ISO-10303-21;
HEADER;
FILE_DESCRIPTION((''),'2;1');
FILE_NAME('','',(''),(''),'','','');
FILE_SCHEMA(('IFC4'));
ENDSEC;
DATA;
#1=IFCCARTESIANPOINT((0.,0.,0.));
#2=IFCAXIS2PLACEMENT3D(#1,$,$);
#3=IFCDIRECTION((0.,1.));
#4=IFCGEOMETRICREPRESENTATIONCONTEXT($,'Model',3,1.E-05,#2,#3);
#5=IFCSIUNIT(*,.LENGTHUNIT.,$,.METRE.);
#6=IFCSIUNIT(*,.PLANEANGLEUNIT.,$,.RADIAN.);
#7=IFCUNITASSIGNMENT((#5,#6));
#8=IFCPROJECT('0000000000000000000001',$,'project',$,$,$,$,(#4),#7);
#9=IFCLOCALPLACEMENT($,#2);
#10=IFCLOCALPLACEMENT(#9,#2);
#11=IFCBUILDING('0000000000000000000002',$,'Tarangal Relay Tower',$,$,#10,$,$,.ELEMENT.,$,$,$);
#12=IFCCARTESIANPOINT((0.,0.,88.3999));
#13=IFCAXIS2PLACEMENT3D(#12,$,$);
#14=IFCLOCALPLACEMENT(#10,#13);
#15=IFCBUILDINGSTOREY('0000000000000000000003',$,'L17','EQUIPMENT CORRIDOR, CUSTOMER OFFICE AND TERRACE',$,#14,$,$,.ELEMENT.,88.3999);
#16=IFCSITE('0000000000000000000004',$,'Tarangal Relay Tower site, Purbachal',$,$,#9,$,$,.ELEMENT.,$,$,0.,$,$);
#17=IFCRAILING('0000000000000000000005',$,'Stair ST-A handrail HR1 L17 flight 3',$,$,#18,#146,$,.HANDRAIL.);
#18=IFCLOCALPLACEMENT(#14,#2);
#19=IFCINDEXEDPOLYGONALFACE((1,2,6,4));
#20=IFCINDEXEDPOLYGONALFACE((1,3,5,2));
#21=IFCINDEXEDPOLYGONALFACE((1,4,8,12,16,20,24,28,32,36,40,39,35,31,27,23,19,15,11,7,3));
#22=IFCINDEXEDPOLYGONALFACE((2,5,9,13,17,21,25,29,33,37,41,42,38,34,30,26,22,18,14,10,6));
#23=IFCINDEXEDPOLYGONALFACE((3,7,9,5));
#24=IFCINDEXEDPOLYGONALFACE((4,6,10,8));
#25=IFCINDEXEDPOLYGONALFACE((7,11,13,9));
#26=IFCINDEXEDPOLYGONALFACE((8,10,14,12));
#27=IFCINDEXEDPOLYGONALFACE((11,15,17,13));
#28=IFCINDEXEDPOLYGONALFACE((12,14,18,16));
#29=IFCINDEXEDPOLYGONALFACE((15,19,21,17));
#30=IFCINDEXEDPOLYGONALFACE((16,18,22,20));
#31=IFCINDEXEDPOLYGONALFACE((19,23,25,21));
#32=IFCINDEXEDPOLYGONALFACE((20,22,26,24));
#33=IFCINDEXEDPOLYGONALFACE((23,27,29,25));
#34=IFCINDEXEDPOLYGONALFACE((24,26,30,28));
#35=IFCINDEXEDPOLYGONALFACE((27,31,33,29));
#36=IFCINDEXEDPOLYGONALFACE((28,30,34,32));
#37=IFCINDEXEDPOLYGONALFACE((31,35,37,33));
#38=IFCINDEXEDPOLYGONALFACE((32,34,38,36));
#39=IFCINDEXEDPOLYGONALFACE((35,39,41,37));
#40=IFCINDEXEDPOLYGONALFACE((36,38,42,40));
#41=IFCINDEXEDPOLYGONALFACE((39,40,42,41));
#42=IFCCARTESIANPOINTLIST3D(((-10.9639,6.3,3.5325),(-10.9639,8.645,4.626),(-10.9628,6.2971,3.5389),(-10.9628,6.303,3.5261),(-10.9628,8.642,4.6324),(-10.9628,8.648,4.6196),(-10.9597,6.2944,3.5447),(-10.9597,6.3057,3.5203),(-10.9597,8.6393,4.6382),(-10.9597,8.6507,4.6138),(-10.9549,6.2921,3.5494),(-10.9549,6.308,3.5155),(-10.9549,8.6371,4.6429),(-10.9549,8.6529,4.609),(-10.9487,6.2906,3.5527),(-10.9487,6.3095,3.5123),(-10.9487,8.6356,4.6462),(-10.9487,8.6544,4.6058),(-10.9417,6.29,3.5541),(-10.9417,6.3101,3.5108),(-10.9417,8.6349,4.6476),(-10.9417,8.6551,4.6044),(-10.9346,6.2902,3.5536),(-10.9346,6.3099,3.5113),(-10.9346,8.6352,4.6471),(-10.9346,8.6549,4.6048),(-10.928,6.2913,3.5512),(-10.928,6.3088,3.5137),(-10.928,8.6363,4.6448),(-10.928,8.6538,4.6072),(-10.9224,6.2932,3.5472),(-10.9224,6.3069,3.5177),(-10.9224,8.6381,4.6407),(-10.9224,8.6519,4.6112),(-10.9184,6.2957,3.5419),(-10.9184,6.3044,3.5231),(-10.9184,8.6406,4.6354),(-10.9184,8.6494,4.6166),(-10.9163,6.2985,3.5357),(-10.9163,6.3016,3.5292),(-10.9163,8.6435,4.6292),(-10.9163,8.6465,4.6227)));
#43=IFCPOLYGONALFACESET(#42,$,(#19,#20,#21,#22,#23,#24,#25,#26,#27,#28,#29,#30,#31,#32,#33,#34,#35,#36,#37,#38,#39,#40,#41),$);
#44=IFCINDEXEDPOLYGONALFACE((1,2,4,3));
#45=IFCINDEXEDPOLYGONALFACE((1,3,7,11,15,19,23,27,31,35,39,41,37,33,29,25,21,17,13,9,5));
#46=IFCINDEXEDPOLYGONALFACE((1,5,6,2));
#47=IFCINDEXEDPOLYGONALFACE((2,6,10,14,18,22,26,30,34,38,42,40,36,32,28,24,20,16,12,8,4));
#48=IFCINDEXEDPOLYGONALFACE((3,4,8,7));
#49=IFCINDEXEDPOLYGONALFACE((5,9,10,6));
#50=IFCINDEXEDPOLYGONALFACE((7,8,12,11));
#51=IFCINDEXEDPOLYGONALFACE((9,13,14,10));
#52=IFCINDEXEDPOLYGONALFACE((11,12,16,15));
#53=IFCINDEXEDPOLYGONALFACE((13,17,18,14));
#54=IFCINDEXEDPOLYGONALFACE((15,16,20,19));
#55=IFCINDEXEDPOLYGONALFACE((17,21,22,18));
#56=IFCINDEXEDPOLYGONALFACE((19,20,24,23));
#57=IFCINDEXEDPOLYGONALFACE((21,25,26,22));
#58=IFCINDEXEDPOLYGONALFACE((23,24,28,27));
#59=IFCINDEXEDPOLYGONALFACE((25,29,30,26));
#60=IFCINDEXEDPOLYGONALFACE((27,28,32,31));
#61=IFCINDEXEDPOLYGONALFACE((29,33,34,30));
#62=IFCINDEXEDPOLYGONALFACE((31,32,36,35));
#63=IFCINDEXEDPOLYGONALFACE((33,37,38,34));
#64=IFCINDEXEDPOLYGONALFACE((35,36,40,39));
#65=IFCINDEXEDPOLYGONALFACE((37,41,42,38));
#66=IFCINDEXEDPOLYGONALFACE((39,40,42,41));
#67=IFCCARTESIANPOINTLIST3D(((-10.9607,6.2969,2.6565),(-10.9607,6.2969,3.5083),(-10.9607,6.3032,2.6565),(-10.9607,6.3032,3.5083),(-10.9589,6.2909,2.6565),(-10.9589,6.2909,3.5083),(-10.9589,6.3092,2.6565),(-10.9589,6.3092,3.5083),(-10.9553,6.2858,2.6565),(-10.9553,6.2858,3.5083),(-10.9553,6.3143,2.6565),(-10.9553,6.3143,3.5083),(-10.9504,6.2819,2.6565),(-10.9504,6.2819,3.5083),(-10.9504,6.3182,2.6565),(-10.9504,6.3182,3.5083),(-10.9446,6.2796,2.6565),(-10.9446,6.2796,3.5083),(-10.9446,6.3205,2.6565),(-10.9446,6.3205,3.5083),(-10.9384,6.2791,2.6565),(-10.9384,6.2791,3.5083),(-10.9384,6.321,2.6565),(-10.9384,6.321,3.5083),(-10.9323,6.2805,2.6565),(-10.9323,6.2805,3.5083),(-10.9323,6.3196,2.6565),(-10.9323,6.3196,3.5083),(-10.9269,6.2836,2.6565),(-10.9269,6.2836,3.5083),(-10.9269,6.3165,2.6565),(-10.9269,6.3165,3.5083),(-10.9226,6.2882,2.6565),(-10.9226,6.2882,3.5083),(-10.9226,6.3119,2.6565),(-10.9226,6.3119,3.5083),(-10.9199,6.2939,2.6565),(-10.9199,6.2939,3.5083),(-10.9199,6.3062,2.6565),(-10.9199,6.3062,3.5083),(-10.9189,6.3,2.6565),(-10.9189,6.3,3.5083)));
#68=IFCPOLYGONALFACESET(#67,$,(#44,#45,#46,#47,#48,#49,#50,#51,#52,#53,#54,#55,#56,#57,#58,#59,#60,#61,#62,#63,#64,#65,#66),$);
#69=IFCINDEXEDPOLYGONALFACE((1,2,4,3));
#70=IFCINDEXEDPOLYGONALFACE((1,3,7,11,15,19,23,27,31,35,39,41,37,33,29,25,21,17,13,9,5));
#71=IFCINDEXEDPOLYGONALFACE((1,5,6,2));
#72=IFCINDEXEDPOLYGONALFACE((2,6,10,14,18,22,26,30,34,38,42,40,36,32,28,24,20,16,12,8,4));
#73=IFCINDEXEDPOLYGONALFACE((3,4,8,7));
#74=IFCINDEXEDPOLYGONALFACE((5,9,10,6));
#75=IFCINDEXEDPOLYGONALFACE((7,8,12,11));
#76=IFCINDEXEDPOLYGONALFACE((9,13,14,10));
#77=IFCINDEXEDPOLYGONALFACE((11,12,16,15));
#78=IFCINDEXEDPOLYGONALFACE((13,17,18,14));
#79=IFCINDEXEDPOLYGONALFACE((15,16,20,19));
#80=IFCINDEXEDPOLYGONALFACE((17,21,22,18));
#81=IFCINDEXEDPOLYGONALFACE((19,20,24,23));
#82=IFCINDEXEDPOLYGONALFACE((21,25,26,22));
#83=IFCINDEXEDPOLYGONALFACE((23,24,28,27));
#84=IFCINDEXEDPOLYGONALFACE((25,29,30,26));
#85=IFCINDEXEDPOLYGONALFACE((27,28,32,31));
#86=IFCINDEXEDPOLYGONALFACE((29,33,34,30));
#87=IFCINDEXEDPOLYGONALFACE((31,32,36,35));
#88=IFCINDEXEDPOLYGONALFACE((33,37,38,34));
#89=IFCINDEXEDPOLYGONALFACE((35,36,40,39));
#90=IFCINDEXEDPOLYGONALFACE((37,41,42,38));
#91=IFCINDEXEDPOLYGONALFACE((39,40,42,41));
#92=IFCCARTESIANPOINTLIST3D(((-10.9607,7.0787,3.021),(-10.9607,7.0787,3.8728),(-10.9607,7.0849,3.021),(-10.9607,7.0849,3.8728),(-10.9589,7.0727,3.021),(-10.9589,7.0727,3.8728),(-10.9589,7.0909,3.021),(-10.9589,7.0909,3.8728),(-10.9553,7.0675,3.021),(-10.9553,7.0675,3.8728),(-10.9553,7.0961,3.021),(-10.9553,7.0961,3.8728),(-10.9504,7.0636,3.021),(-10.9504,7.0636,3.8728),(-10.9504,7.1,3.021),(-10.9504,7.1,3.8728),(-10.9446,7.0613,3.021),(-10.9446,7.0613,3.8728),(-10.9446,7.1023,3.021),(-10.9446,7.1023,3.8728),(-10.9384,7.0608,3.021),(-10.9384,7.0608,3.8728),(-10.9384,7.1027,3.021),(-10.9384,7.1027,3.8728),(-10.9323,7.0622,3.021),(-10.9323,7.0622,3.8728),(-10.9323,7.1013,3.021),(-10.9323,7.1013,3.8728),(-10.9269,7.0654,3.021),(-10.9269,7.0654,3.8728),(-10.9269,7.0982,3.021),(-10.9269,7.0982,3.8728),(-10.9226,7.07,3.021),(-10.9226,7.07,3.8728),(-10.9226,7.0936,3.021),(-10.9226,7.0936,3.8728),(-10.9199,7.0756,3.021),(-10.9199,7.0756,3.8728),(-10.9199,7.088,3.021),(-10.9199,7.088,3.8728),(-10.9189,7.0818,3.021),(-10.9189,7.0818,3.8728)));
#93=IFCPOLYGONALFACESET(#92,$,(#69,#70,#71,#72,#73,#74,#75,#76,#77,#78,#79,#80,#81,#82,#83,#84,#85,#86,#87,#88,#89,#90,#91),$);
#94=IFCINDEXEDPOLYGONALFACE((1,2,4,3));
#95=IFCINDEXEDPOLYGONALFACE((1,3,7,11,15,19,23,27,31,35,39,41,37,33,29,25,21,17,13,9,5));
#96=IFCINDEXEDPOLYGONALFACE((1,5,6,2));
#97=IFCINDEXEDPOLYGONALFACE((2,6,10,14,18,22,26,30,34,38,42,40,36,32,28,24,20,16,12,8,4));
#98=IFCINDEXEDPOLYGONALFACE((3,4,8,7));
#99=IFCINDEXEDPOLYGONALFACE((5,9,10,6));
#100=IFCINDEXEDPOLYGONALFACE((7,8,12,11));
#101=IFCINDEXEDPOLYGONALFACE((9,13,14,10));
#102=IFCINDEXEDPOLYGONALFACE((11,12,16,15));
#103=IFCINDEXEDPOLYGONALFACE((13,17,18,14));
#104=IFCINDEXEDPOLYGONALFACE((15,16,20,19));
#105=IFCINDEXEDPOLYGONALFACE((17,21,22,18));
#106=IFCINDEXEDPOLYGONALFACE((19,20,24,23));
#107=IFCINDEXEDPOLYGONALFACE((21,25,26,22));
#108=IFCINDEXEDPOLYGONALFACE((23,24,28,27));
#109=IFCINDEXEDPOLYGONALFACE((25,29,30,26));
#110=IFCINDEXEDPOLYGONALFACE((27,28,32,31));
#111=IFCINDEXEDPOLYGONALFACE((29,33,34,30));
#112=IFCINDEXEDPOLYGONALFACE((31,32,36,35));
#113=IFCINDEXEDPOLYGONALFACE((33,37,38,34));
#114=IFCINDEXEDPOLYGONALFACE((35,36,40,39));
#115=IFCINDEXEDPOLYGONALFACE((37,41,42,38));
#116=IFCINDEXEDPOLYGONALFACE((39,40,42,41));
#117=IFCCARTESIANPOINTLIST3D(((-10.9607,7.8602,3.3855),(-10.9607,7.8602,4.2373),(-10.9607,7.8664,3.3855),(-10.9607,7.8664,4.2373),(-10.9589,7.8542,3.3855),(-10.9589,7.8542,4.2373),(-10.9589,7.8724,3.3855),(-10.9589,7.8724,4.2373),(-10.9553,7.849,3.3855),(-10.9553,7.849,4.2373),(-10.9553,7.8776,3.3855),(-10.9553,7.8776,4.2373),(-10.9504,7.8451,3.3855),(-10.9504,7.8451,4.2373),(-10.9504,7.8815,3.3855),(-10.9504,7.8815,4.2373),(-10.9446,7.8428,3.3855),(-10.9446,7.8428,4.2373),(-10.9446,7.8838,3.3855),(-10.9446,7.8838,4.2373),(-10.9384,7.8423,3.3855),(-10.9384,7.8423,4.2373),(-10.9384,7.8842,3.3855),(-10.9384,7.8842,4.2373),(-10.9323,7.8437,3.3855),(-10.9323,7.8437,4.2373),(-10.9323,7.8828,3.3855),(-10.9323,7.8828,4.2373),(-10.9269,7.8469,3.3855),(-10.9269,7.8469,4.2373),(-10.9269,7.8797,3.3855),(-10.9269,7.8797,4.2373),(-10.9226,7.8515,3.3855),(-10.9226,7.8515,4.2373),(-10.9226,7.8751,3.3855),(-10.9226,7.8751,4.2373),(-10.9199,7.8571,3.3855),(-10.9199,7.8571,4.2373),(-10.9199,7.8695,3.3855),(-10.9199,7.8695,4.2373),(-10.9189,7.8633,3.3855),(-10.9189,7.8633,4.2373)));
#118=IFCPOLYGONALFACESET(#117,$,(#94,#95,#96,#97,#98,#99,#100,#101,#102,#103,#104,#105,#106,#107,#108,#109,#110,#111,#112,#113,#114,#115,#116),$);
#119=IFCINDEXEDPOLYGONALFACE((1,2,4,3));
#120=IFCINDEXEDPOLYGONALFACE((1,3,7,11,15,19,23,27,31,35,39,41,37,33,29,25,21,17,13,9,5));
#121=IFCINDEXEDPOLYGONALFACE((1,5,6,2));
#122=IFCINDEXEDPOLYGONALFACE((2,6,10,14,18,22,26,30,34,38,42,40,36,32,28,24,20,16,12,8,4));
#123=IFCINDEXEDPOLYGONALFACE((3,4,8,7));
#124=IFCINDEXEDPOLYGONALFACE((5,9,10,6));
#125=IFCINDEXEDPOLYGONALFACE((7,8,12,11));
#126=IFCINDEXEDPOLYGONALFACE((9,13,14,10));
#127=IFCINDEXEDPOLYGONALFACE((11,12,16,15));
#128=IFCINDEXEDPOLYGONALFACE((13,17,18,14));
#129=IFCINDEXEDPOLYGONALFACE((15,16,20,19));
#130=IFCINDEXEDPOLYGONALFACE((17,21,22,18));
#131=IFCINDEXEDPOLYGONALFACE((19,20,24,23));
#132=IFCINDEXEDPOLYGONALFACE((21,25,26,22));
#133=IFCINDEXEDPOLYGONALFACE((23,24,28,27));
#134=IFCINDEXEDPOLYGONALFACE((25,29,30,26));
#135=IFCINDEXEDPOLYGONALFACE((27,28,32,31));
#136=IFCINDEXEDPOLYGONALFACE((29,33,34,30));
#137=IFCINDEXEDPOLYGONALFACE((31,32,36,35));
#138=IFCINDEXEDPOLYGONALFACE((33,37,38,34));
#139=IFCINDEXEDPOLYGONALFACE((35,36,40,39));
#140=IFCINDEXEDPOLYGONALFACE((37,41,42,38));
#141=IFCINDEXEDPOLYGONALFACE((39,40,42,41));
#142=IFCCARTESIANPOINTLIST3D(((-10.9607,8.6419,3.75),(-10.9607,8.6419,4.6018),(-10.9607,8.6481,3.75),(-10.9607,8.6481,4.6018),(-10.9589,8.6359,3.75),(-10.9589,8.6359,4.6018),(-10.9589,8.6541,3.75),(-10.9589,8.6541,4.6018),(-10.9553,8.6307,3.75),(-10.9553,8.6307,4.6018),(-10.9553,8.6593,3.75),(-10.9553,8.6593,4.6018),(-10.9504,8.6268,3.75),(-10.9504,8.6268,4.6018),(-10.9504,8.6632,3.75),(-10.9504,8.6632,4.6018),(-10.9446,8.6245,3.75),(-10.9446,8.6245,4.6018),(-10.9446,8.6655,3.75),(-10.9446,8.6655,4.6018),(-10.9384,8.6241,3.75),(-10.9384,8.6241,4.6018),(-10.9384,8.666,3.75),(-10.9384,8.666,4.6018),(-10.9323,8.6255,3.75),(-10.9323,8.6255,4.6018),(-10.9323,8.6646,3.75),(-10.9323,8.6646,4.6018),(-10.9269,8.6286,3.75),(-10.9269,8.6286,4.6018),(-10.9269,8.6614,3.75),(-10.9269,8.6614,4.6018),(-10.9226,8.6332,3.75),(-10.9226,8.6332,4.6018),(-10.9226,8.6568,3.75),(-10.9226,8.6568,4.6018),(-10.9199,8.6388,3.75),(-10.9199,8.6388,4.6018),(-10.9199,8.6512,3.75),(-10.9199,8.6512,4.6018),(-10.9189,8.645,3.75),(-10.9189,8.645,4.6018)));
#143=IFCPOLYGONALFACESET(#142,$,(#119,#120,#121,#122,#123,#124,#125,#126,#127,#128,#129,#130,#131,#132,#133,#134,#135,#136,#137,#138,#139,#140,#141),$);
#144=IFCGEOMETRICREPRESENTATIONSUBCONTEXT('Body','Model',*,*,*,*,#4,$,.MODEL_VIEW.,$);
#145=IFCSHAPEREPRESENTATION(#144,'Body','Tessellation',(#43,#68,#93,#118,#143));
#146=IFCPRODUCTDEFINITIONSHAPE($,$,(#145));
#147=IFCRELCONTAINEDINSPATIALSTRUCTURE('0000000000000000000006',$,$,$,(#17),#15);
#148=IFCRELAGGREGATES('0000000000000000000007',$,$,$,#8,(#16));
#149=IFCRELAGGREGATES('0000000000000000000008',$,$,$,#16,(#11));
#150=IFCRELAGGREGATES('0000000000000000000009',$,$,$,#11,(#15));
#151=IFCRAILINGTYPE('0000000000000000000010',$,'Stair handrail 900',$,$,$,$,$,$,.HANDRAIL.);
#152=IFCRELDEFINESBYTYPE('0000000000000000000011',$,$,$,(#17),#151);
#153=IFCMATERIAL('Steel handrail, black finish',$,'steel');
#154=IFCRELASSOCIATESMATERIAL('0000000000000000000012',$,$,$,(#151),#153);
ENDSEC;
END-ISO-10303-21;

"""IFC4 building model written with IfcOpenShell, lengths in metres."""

from ifc_helpers import new_model, si_unit, direction, frame, origin, origin_2d, place, context, subcontext, project, spatial, circle, extrude, material, type_object, element, save


model = new_model("IFC4")

# Units and contexts
model_context = context("Model", 3, precision=1e-05, world=origin(), true_north=direction((0.0, 1.0)))
body_context = subcontext(model_context, "Body", "Model", "MODEL_VIEW")
ifc_project = project(units=[si_unit("LENGTHUNIT", "METRE"), si_unit("PLANEANGLEUNIT", "RADIAN")], contexts=[model_context])

# Site, building, storey
site_placement = place(None, origin())
site = spatial("IfcSite", under=ifc_project, at=site_placement, Name="Tarangal Relay Tower site, Purbachal", CompositionType="ELEMENT", RefElevation=0.0)
building_placement = place(site_placement, origin())
building = spatial("IfcBuilding", under=site, at=building_placement, Name="Tarangal Relay Tower", CompositionType="ELEMENT")
storey_placement = place(building_placement, frame((0.0, 0.0, 88.3999)))
storey = spatial("IfcBuildingStorey", under=building, at=storey_placement, Name="L17", Description="EQUIPMENT CORRIDOR, CUSTOMER OFFICE AND TERRACE", CompositionType="ELEMENT", Elevation=88.3999)

# Railing
ifc_material_1 = material(Name="Steel handrail, black finish", Category="steel")
railing_type = type_object("IfcRailingType", Name="Stair handrail 900", PredefinedType="HANDRAIL", material=ifc_material_1)
for number, where, name in (
    (1, (-10.9399, 6.3, 2.6565), "Stair ST-A handrail HR1 L17 flight 3"),
):
    element("IfcRailing", number, at=place(storey_placement, frame(where)), inside=storey, type_object=railing_type, Name=name, PredefinedType="HANDRAIL", context=body_context, shape_type="SweptSolid", body=[
        extrude(circle(Radius=0.0239, at=origin_2d()), frame((0.0, 0.0, 0.876), z_axis=(0.0, 0.906304, 0.422627), x_axis=(-1.0, 0.0, 0.0)), (0.0, 0.0, 1.0), 2.5874),
        extrude(circle(Radius=0.021, at=origin_2d()), origin(), (0.0, 0.0, 1.0), 0.8518),
        extrude(circle(Radius=0.021, at=origin_2d()), frame((0.0, 0.7817, 0.3645)), (0.0, 0.0, 1.0), 0.8518),
        extrude(circle(Radius=0.021, at=origin_2d()), frame((0.0, 1.5632, 0.729)), (0.0, 0.0, 1.0), 0.8518),
        extrude(circle(Radius=0.021, at=origin_2d()), frame((0.0, 2.345, 1.0935)), (0.0, 0.0, 1.0), 0.8518),
    ])

save(model, "model.ifc")
